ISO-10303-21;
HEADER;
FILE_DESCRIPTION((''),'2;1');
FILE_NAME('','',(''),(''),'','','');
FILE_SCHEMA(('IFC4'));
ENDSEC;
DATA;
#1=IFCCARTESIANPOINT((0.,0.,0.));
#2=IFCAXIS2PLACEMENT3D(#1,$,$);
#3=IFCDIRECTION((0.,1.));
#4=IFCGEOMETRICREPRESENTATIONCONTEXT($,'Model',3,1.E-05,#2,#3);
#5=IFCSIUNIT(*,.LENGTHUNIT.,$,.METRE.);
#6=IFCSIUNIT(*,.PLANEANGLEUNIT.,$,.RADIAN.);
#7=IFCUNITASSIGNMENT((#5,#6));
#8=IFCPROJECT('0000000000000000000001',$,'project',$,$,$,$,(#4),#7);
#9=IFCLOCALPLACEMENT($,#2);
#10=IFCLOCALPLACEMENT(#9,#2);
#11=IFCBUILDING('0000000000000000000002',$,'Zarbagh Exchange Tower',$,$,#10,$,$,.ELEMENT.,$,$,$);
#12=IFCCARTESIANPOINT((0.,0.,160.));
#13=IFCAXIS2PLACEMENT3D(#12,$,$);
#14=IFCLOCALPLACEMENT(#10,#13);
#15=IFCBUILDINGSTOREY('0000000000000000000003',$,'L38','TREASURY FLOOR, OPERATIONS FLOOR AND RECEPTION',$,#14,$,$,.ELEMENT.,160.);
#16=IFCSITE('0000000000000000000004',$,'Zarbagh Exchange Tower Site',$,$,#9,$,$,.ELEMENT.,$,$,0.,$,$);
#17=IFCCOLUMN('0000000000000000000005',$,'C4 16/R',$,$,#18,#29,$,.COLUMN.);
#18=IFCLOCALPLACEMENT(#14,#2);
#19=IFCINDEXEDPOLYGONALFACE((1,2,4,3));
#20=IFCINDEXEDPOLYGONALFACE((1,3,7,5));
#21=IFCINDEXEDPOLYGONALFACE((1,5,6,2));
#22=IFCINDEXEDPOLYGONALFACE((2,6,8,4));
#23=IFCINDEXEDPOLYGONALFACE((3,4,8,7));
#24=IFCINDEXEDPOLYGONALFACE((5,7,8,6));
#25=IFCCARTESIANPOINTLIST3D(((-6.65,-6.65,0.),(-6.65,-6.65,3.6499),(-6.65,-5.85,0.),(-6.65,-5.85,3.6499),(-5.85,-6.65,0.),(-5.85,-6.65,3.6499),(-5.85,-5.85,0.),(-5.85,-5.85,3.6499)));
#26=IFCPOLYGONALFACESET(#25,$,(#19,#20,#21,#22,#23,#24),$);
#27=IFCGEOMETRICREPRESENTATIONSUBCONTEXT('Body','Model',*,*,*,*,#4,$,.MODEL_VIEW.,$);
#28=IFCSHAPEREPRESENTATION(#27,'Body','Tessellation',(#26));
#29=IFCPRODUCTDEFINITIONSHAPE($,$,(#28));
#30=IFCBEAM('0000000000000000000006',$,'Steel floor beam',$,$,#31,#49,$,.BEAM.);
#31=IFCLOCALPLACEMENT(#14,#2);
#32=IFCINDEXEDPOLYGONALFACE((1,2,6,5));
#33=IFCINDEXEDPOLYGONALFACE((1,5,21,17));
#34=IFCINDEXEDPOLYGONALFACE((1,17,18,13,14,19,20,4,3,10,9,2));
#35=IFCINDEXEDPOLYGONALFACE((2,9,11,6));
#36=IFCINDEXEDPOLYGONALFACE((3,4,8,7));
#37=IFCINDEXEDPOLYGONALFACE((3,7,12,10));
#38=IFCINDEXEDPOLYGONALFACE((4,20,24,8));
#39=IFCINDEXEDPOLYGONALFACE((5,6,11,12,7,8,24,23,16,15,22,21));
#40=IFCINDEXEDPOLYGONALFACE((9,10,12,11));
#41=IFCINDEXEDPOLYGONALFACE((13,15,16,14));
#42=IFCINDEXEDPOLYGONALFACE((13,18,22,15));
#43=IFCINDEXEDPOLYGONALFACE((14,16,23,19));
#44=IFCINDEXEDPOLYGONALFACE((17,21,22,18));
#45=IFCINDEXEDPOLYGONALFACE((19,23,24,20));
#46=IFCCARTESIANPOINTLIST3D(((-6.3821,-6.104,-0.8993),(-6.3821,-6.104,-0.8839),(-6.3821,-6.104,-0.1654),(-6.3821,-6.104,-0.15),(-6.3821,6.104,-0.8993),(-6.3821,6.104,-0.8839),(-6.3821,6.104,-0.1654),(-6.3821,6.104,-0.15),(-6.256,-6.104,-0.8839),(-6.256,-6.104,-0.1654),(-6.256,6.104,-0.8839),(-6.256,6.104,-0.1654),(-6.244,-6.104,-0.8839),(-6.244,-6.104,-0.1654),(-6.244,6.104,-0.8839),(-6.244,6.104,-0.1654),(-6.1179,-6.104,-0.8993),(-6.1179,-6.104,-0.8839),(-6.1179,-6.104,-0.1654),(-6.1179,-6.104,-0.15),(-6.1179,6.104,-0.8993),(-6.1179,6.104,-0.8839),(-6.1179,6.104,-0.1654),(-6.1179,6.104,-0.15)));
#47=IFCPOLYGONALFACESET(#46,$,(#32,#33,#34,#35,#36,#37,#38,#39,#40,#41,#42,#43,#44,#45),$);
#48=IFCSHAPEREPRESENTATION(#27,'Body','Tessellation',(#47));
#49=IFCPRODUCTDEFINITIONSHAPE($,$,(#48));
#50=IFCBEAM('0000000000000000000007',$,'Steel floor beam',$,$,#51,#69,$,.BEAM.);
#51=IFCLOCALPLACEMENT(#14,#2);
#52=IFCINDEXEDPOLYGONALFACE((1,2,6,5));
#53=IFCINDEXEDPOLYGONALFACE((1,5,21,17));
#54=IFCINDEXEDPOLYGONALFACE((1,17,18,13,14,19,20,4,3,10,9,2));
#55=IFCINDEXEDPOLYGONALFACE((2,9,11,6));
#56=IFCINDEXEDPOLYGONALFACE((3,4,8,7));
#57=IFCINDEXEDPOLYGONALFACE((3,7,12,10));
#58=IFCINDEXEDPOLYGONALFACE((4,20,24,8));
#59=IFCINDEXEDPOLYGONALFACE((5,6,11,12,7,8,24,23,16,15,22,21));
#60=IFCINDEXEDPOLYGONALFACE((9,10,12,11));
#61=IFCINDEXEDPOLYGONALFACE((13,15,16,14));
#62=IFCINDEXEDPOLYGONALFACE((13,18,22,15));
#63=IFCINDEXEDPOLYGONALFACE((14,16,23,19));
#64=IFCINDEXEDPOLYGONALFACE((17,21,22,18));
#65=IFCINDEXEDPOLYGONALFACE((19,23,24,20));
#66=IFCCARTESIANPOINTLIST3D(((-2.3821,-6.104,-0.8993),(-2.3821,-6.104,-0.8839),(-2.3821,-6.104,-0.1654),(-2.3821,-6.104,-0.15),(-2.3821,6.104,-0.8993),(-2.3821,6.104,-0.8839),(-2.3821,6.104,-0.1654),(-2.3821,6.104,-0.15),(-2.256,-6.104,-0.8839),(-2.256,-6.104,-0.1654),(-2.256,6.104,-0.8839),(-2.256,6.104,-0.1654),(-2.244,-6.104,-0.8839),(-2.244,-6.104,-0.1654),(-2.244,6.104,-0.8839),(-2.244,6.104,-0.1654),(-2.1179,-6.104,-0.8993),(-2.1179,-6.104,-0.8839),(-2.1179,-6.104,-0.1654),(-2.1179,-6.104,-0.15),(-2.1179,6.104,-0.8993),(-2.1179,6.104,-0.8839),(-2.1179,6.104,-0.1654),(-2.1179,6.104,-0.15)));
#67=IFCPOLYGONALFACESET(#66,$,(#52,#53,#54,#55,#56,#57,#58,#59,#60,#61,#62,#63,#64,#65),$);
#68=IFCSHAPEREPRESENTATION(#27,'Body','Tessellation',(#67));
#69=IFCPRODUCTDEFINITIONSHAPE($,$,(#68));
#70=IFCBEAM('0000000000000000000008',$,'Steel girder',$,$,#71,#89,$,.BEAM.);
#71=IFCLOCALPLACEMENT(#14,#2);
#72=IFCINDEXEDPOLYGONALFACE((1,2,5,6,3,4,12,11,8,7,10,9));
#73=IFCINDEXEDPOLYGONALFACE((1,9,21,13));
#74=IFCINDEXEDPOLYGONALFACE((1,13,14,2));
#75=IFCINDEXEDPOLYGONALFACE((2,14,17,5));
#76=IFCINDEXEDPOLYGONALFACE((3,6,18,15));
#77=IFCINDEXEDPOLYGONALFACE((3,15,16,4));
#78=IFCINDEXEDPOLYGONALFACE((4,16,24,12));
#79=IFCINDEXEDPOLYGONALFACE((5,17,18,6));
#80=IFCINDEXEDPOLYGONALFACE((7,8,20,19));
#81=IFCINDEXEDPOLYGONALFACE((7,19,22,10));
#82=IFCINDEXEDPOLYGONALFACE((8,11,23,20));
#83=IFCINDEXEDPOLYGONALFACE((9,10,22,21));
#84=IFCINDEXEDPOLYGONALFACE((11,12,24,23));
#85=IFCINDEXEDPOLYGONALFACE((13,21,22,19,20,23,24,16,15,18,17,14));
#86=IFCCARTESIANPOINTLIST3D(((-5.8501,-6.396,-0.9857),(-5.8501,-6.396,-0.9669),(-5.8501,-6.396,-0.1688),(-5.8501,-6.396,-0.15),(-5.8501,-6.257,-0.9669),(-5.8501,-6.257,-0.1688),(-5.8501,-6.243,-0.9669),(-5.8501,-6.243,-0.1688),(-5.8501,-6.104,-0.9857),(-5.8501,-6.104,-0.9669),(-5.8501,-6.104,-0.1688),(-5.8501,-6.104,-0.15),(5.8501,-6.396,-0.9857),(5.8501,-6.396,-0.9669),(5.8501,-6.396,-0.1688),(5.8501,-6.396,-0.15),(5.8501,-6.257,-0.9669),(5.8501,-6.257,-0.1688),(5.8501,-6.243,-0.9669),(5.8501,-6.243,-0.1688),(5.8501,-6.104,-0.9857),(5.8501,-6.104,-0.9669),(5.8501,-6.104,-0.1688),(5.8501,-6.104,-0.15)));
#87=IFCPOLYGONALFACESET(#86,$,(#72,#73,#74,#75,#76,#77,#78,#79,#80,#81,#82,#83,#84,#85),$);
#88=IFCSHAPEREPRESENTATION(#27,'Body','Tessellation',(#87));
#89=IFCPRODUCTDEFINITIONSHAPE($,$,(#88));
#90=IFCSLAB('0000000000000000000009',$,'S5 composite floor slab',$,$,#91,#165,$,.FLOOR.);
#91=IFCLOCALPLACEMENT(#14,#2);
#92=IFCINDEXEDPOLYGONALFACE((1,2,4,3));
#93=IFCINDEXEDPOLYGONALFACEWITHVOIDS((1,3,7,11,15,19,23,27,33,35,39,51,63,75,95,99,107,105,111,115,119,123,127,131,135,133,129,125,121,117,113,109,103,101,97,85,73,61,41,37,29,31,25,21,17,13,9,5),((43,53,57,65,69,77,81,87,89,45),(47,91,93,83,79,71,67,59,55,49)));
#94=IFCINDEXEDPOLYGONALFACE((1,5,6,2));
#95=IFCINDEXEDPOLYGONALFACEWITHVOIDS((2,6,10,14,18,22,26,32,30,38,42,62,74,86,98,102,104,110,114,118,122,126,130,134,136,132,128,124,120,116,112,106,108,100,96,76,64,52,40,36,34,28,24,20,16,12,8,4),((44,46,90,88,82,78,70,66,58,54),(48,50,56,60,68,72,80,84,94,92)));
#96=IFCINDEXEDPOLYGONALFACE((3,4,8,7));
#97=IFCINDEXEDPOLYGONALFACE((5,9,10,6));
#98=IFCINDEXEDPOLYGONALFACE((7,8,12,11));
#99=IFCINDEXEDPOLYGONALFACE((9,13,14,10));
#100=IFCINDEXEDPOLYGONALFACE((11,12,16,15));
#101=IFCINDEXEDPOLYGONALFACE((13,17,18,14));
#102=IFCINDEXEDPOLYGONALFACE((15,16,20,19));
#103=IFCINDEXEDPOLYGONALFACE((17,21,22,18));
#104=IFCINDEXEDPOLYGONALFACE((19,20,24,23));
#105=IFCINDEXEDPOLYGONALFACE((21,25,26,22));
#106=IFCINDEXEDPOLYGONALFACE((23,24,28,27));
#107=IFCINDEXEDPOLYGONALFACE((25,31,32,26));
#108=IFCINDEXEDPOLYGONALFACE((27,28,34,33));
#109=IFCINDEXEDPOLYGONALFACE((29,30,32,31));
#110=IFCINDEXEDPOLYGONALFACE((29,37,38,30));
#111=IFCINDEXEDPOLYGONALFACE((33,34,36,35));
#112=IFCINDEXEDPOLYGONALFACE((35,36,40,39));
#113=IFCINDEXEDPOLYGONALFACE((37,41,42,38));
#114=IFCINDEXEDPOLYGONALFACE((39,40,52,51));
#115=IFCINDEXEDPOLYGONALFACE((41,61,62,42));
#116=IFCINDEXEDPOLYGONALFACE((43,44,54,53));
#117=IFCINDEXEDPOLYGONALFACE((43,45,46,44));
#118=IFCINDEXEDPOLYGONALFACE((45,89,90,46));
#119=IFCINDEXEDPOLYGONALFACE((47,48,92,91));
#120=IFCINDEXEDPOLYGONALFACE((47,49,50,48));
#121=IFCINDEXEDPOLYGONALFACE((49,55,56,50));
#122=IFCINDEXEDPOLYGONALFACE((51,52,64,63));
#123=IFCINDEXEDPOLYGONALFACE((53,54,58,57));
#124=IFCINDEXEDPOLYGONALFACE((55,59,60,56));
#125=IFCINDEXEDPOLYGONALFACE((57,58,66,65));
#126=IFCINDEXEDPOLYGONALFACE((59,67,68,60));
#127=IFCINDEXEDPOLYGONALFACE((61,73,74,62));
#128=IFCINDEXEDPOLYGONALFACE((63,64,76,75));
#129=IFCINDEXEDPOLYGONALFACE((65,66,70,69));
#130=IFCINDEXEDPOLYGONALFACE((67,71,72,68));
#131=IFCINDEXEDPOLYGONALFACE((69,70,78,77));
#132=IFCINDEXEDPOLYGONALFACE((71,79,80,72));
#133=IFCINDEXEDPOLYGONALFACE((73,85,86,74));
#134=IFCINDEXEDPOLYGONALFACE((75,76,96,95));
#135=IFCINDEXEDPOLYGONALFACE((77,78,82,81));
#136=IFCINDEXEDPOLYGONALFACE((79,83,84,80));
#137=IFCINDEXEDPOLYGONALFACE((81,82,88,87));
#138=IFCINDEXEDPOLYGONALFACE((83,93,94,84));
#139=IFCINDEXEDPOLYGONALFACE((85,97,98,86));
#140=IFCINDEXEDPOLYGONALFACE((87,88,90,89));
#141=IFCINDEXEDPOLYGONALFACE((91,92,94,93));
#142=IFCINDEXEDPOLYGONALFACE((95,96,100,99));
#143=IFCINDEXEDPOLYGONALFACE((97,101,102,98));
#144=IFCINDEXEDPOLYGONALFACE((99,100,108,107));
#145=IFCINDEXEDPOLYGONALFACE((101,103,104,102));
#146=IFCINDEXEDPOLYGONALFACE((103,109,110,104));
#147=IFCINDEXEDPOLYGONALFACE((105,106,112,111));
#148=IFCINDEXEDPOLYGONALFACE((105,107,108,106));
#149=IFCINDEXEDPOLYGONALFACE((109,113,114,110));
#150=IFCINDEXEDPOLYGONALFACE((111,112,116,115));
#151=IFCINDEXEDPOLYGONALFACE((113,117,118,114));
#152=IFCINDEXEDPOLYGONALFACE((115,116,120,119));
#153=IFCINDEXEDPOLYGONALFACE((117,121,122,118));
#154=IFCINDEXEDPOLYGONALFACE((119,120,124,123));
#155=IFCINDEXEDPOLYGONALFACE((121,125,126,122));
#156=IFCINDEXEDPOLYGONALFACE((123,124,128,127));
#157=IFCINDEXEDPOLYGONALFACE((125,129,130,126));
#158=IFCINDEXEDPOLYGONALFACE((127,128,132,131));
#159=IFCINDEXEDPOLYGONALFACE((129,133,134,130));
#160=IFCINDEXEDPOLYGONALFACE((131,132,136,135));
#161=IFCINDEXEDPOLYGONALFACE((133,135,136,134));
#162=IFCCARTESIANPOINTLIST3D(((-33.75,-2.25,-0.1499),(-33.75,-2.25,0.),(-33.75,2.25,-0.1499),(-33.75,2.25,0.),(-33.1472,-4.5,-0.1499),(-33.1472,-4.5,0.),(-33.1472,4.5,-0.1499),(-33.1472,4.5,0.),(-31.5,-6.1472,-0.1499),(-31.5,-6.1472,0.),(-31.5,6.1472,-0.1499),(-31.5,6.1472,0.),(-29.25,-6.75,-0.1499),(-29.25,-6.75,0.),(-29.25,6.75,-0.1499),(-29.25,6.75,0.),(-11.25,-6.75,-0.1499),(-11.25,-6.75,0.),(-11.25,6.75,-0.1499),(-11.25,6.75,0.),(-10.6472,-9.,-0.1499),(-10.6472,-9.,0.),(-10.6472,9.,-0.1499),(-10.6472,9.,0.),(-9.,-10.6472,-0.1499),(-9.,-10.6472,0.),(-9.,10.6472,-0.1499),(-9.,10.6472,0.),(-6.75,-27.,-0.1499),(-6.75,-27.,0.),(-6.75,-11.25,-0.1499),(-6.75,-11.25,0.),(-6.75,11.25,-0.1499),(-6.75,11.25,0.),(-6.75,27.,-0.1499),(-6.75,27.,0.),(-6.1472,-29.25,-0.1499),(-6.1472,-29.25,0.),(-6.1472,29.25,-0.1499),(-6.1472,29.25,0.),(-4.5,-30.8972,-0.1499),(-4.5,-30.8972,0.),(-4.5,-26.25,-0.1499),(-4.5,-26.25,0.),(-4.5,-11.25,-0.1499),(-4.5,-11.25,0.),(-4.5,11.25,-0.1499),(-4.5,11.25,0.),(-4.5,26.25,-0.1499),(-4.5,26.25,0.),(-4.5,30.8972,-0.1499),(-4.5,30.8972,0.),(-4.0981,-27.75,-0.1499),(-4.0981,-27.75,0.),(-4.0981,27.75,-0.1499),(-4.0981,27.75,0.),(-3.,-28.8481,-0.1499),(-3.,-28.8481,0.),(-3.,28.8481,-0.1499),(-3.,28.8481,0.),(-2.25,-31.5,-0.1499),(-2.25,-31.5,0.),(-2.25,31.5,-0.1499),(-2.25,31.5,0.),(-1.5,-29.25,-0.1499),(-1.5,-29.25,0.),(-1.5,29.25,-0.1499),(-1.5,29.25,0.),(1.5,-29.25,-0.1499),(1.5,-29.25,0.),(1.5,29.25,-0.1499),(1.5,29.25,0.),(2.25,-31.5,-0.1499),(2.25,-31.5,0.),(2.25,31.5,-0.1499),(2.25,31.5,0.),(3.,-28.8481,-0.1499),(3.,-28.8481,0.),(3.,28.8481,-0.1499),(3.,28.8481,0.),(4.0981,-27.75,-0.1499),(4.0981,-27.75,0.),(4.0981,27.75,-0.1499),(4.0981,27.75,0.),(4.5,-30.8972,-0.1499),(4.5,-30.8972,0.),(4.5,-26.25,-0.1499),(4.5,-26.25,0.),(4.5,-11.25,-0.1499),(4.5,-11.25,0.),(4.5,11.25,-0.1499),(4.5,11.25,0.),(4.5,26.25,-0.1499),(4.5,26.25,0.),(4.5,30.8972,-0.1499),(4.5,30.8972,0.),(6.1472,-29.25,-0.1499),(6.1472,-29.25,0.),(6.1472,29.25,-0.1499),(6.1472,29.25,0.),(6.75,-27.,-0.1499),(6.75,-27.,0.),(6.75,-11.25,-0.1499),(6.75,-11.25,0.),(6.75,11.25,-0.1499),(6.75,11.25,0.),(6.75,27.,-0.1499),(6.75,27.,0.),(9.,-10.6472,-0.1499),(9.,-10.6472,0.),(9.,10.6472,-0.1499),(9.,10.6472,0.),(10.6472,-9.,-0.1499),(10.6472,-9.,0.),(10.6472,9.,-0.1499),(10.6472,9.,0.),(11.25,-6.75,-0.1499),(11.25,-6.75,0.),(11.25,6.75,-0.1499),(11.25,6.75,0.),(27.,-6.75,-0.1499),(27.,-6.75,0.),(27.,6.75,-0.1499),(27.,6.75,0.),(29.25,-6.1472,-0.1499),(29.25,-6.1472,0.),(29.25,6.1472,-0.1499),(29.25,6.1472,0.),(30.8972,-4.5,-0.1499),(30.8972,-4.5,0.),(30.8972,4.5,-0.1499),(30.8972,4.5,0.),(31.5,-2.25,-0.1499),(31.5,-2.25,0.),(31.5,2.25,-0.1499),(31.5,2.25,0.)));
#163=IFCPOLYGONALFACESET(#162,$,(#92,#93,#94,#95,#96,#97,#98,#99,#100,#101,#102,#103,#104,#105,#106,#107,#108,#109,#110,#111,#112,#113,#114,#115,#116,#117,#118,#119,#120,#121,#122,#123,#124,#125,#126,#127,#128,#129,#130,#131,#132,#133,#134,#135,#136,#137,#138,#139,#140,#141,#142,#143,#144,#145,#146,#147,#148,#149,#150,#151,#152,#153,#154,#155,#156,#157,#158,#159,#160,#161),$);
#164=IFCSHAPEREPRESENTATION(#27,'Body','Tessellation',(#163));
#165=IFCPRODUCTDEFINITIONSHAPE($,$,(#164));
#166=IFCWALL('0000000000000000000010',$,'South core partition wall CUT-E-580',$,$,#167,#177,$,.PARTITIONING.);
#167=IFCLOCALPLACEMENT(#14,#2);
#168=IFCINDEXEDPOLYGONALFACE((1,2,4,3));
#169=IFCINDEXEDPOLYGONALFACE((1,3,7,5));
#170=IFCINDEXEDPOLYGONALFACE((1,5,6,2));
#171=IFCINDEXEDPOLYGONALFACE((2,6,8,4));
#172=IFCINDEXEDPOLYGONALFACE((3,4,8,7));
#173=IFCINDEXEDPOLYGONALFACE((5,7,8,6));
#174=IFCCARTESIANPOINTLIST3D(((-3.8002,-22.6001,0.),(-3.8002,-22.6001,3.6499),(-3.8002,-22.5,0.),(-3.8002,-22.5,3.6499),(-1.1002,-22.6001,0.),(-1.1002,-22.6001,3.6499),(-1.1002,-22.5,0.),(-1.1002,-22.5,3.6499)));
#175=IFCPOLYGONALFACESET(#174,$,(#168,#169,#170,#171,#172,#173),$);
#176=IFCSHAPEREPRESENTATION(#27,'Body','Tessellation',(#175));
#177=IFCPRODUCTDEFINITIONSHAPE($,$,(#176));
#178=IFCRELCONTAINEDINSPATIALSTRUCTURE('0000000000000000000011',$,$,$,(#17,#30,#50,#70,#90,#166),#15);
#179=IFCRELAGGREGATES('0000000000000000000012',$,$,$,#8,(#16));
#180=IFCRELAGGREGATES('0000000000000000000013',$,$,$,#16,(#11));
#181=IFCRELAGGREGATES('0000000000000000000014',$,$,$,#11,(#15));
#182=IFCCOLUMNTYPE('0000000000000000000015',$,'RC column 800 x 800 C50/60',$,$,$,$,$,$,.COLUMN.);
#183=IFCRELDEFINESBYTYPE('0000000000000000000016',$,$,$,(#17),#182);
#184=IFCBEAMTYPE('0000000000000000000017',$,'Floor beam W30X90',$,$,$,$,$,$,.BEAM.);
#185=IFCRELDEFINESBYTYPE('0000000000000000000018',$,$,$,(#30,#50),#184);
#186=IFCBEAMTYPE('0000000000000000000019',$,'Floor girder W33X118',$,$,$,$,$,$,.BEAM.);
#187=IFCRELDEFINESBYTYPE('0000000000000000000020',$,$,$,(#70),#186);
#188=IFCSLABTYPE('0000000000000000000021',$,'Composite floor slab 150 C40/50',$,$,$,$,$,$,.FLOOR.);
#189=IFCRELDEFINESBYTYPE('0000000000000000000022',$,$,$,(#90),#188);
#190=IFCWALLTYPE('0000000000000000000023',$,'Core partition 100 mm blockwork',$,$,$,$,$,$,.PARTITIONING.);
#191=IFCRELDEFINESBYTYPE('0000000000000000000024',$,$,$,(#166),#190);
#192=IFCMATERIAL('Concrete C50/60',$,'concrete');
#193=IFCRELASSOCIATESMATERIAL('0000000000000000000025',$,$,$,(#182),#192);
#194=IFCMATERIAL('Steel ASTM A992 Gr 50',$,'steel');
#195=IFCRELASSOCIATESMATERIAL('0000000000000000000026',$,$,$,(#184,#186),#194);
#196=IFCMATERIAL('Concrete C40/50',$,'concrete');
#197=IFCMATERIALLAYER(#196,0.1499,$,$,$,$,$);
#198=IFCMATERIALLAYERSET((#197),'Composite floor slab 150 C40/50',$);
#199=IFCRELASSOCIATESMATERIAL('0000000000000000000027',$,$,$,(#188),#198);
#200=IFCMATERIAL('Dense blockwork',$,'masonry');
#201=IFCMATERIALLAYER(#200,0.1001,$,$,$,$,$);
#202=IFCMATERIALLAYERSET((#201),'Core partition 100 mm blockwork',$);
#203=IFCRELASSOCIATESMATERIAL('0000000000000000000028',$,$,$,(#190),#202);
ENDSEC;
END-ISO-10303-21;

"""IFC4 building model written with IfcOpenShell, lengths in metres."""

from ifc_helpers import new_model, si_unit, direction, frame, frame_2d, origin, origin_2d, place, context, subcontext, project, spatial, polyline, rectangle, i_section, outline, extrude, material, layer, layer_set, material_profile, profile_set, type_object, element, save


model = new_model("IFC4")

# Units and contexts
model_context = context("Model", 3, precision=1e-05, world=origin(), true_north=direction((0.0, 1.0)))
body_context = subcontext(model_context, "Body", "Model", "MODEL_VIEW")
ifc_project = project(units=[si_unit("LENGTHUNIT", "METRE"), si_unit("PLANEANGLEUNIT", "RADIAN")], contexts=[model_context])

# Site, building, storey
site_placement = place(None, origin())
site = spatial("IfcSite", under=ifc_project, at=site_placement, Name="Zarbagh Exchange Tower Site", CompositionType="ELEMENT", RefElevation=0.0)
building_placement = place(site_placement, origin())
building = spatial("IfcBuilding", under=site, at=building_placement, Name="Zarbagh Exchange Tower", CompositionType="ELEMENT")
storey_placement = place(building_placement, frame((0.0, 0.0, 160.0)))
storey = spatial("IfcBuildingStorey", under=building, at=storey_placement, Name="L38", Description="TREASURY FLOOR, OPERATIONS FLOOR AND RECEPTION", CompositionType="ELEMENT", Elevation=160.0)

# Column
ifc_material_1 = material(Name="Concrete C50/60", Category="concrete")
ifc_material_profile_1 = material_profile(ifc_material_1, rectangle(XDim=0.8, YDim=0.8, at=origin_2d()), Name="RC column 800 x 800 C50/60")
ifc_profile_set_1 = profile_set([ifc_material_profile_1], Name="Concrete C50/60")
column_type = type_object("IfcColumnType", Name="RC column 800 x 800 C50/60", PredefinedType="COLUMN", material=ifc_profile_set_1)
column_placement = place(storey_placement, frame((-6.25, -6.25, 0.0), z_axis=(0.0, 0.0, 1.0), x_axis=(1.0, 0.0, 0.0)))
element("IfcColumn", 1, at=column_placement, inside=storey, type_object=column_type, Name="C4 16/R", PredefinedType="COLUMN", context=body_context, shape_type="SweptSolid", body=[
    extrude(rectangle(XDim=0.8, YDim=0.8, at=origin_2d()), origin(), (0.0, 0.0, 1.0), 3.6499),
])

# Beams
ifc_material_2 = material(Name="Steel ASTM A992 Gr 50", Category="steel")
ifc_material_profile_2 = material_profile(ifc_material_2, i_section(OverallWidth=0.2642, OverallDepth=0.7493, WebThickness=0.012, FlangeThickness=0.0154, at=origin_2d()), Name="W30X90")
ifc_profile_set_2 = profile_set([ifc_material_profile_2], Name="Steel ASTM A992 Gr 50")
beam_type_1 = type_object("IfcBeamType", Name="Floor beam W30X90", PredefinedType="BEAM", material=ifc_profile_set_2)
for number, where, z_axis, x_axis, name in (
    (2, (-6.25, -6.104, -0.5247), (0.0, 1.0, 0.0), (-1.0, 0.0, 0.0), "Steel floor beam"),
    (3, (-2.25, -6.104, -0.5247), (0.0, 1.0, 0.0), (-1.0, 0.0, 0.0), "Steel floor beam"),
):
    element("IfcBeam", number, at=place(storey_placement, frame(where, z_axis=z_axis, x_axis=x_axis)), inside=storey, type_object=beam_type_1, Name=name, PredefinedType="BEAM", context=body_context, shape_type="SweptSolid", body=[
        extrude(i_section(OverallWidth=0.2642, OverallDepth=0.7493, WebThickness=0.012, FlangeThickness=0.0154, at=origin_2d()), origin(), (0.0, 0.0, 1.0), 12.208),
    ])
ifc_material_profile_3 = material_profile(ifc_material_2, i_section(OverallWidth=0.292, OverallDepth=0.8357, WebThickness=0.0139, FlangeThickness=0.0188, at=origin_2d()), Name="W33X118")
ifc_profile_set_3 = profile_set([ifc_material_profile_3], Name="Steel ASTM A992 Gr 50")
beam_type_2 = type_object("IfcBeamType", Name="Floor girder W33X118", PredefinedType="BEAM", material=ifc_profile_set_3)
beam_placement = place(storey_placement, frame((-5.8501, -6.25, -0.5679), z_axis=(1.0, 0.0, 0.0), x_axis=(0.0, 1.0, 0.0)))
element("IfcBeam", 4, at=beam_placement, inside=storey, type_object=beam_type_2, Name="Steel girder", PredefinedType="BEAM", context=body_context, shape_type="SweptSolid", body=[
    extrude(i_section(OverallWidth=0.292, OverallDepth=0.8357, WebThickness=0.0139, FlangeThickness=0.0188, at=origin_2d()), origin(), (0.0, 0.0, 1.0), 11.7002),
])

# Slab
ifc_material_3 = material(Name="Concrete C40/50", Category="concrete")
ifc_layer_1 = layer(ifc_material_3, 0.1499)
ifc_layer_set_1 = layer_set([ifc_layer_1], Name="Composite floor slab 150 C40/50")
slab_type = type_object("IfcSlabType", Name="Composite floor slab 150 C40/50", PredefinedType="FLOOR", material=ifc_layer_set_1)
slab_placement = place(storey_placement, frame((0.0, 0.0, -0.1499)))
element("IfcSlab", 5, at=slab_placement, inside=storey, type_object=slab_type, Name="S5 composite floor slab", PredefinedType="FLOOR", context=body_context, shape_type="SweptSolid", body=[
    extrude(outline(polyline([(-2.25, -31.5), (-4.5, -30.8972), (-6.1472, -29.25), (-6.75, -27.0), (-6.75, -11.25), (-9.0, -10.6472), (-10.6472, -9.0), (-11.25, -6.75), (-29.25, -6.75), (-31.5, -6.1472), (-33.1472, -4.5), (-33.75, -2.25), (-33.75, 2.25), (-33.1472, 4.5), (-31.5, 6.1472), (-29.25, 6.75), (-11.25, 6.75), (-10.6472, 9.0), (-9.0, 10.6472), (-6.75, 11.25), (-6.75, 27.0), (-6.1472, 29.25), (-4.5, 30.8972), (-2.25, 31.5), (2.25, 31.5), (4.5, 30.8972), (6.1472, 29.25), (6.75, 27.0), (6.75, 11.25), (9.0, 10.6472), (10.6472, 9.0), (11.25, 6.75), (27.0, 6.75), (29.25, 6.1472), (30.8972, 4.5), (31.5, 2.25), (31.5, -2.25), (30.8972, -4.5), (29.25, -6.1472), (27.0, -6.75), (11.25, -6.75), (10.6472, -9.0), (9.0, -10.6472), (6.75, -11.25), (6.75, -27.0), (6.1472, -29.25), (4.5, -30.8972), (2.25, -31.5), (-2.25, -31.5)]), holes=[polyline([(4.5, 11.25), (4.5, 26.25), (4.0981, 27.75), (3.0, 28.8481), (1.5, 29.25), (-1.5, 29.25), (-3.0, 28.8481), (-4.0981, 27.75), (-4.5, 26.25), (-4.5, 11.25), (4.5, 11.25)]), polyline([(-1.5, -29.25), (1.5, -29.25), (3.0, -28.8481), (4.0981, -27.75), (4.5, -26.25), (4.5, -11.25), (-4.5, -11.25), (-4.5, -26.25), (-4.0981, -27.75), (-3.0, -28.8481), (-1.5, -29.25)])]), origin(), (0.0, 0.0, 1.0), 0.1499),
])

# Wall
ifc_material_4 = material(Name="Dense blockwork", Category="masonry")
ifc_layer_2 = layer(ifc_material_4, 0.1001)
ifc_layer_set_2 = layer_set([ifc_layer_2], Name="Core partition 100 mm blockwork")
wall_type_1 = type_object("IfcWallType", Name="Core partition 100 mm blockwork", PredefinedType="PARTITIONING", material=ifc_layer_set_2)
wall_1_placement = place(storey_placement, frame((-1.1001, -22.55, 0.0), z_axis=(0.0, 0.0, 1.0), x_axis=(-1.0, 0.0, 0.0)))
element("IfcWall", 6, at=wall_1_placement, inside=storey, type_object=wall_type_1, Name="South core partition wall CUT-E-580", PredefinedType="PARTITIONING", context=body_context, shape_type="SweptSolid", body=[
    extrude(rectangle(XDim=2.7, YDim=0.1001, at=frame_2d((1.3501, 0.0))), origin(), (0.0, 0.0, 1.0), 3.6499),
])

save(model, "model.ifc")
